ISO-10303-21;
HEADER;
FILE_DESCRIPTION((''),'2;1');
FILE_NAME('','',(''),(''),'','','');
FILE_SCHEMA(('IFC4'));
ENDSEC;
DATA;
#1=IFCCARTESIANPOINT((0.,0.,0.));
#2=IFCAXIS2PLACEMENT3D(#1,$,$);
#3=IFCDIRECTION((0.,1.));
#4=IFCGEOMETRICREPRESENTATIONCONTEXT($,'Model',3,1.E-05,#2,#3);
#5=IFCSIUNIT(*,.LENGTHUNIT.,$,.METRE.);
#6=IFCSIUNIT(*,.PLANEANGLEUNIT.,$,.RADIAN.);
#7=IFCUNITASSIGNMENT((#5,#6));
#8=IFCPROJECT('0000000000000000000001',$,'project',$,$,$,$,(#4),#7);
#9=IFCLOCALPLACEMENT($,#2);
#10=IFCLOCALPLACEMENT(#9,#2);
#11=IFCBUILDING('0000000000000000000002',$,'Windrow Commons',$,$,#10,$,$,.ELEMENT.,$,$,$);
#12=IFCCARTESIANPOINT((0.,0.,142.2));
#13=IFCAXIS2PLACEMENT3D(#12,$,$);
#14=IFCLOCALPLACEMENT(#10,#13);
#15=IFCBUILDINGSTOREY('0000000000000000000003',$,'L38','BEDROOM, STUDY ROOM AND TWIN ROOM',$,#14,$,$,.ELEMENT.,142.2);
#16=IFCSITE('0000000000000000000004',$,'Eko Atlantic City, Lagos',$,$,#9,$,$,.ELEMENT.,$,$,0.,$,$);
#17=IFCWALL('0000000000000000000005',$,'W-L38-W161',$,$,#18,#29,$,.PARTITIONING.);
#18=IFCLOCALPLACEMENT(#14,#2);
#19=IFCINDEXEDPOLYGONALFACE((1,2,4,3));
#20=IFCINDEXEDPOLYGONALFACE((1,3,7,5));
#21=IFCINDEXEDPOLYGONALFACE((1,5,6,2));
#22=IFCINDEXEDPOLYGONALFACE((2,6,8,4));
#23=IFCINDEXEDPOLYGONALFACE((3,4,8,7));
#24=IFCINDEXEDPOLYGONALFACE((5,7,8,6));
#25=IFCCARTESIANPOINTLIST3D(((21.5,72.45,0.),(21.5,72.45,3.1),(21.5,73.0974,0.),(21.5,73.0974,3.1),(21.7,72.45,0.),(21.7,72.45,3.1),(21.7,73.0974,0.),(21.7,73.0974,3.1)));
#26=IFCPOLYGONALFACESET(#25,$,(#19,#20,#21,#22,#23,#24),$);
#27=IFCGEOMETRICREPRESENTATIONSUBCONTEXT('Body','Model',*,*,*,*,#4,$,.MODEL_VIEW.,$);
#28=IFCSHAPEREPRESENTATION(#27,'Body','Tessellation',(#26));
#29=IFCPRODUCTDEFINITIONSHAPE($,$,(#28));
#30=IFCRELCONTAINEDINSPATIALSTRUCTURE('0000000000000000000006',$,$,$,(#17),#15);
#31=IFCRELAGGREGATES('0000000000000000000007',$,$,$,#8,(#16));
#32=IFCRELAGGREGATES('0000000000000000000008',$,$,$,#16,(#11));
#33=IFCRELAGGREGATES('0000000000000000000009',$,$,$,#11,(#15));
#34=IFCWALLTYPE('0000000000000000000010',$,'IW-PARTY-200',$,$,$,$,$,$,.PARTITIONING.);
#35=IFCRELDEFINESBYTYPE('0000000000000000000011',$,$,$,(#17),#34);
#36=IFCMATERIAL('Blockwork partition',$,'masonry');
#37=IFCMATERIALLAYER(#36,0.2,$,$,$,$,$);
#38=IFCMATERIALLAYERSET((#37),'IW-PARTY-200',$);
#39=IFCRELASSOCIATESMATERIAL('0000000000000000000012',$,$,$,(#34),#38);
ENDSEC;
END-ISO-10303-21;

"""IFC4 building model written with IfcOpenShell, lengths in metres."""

from ifc_helpers import new_model, si_unit, direction, frame, frame_2d, origin, place, context, subcontext, project, spatial, rectangle, extrude, material, layer, layer_set, type_object, element, save


model = new_model("IFC4")

# Units and contexts
model_context = context("Model", 3, precision=1e-05, world=origin(), true_north=direction((0.0, 1.0)))
body_context = subcontext(model_context, "Body", "Model", "MODEL_VIEW")
ifc_project = project(units=[si_unit("LENGTHUNIT", "METRE"), si_unit("PLANEANGLEUNIT", "RADIAN")], contexts=[model_context])

# Site, building, storey
site_placement = place(None, origin())
site = spatial("IfcSite", under=ifc_project, at=site_placement, Name="Eko Atlantic City, Lagos", CompositionType="ELEMENT", RefElevation=0.0)
building_placement = place(site_placement, origin())
building = spatial("IfcBuilding", under=site, at=building_placement, Name="Windrow Commons", CompositionType="ELEMENT")
storey_placement = place(building_placement, frame((0.0, 0.0, 142.2)))
storey = spatial("IfcBuildingStorey", under=building, at=storey_placement, Name="L38", Description="BEDROOM, STUDY ROOM AND TWIN ROOM", CompositionType="ELEMENT", Elevation=142.2)

# Wall
ifc_material_1 = material(Name="Blockwork partition", Category="masonry")
ifc_layer_1 = layer(ifc_material_1, 0.2)
ifc_layer_set_1 = layer_set([ifc_layer_1], Name="IW-PARTY-200")
wall_type_1 = type_object("IfcWallType", Name="IW-PARTY-200", PredefinedType="PARTITIONING", material=ifc_layer_set_1)
wall_1_placement = place(storey_placement, frame((21.6, 72.45, 0.0), z_axis=(0.0, 0.0, 1.0), x_axis=(0.0, 1.0, 0.0)))
element("IfcWall", 1, at=wall_1_placement, inside=storey, type_object=wall_type_1, Name="W-L38-W161", PredefinedType="PARTITIONING", context=body_context, shape_type="SweptSolid", body=[
    extrude(rectangle(XDim=0.6474, YDim=0.2, at=frame_2d((0.3237, 0.0))), origin(), (0.0, 0.0, 1.0), 3.1),
])

save(model, "model.ifc")
